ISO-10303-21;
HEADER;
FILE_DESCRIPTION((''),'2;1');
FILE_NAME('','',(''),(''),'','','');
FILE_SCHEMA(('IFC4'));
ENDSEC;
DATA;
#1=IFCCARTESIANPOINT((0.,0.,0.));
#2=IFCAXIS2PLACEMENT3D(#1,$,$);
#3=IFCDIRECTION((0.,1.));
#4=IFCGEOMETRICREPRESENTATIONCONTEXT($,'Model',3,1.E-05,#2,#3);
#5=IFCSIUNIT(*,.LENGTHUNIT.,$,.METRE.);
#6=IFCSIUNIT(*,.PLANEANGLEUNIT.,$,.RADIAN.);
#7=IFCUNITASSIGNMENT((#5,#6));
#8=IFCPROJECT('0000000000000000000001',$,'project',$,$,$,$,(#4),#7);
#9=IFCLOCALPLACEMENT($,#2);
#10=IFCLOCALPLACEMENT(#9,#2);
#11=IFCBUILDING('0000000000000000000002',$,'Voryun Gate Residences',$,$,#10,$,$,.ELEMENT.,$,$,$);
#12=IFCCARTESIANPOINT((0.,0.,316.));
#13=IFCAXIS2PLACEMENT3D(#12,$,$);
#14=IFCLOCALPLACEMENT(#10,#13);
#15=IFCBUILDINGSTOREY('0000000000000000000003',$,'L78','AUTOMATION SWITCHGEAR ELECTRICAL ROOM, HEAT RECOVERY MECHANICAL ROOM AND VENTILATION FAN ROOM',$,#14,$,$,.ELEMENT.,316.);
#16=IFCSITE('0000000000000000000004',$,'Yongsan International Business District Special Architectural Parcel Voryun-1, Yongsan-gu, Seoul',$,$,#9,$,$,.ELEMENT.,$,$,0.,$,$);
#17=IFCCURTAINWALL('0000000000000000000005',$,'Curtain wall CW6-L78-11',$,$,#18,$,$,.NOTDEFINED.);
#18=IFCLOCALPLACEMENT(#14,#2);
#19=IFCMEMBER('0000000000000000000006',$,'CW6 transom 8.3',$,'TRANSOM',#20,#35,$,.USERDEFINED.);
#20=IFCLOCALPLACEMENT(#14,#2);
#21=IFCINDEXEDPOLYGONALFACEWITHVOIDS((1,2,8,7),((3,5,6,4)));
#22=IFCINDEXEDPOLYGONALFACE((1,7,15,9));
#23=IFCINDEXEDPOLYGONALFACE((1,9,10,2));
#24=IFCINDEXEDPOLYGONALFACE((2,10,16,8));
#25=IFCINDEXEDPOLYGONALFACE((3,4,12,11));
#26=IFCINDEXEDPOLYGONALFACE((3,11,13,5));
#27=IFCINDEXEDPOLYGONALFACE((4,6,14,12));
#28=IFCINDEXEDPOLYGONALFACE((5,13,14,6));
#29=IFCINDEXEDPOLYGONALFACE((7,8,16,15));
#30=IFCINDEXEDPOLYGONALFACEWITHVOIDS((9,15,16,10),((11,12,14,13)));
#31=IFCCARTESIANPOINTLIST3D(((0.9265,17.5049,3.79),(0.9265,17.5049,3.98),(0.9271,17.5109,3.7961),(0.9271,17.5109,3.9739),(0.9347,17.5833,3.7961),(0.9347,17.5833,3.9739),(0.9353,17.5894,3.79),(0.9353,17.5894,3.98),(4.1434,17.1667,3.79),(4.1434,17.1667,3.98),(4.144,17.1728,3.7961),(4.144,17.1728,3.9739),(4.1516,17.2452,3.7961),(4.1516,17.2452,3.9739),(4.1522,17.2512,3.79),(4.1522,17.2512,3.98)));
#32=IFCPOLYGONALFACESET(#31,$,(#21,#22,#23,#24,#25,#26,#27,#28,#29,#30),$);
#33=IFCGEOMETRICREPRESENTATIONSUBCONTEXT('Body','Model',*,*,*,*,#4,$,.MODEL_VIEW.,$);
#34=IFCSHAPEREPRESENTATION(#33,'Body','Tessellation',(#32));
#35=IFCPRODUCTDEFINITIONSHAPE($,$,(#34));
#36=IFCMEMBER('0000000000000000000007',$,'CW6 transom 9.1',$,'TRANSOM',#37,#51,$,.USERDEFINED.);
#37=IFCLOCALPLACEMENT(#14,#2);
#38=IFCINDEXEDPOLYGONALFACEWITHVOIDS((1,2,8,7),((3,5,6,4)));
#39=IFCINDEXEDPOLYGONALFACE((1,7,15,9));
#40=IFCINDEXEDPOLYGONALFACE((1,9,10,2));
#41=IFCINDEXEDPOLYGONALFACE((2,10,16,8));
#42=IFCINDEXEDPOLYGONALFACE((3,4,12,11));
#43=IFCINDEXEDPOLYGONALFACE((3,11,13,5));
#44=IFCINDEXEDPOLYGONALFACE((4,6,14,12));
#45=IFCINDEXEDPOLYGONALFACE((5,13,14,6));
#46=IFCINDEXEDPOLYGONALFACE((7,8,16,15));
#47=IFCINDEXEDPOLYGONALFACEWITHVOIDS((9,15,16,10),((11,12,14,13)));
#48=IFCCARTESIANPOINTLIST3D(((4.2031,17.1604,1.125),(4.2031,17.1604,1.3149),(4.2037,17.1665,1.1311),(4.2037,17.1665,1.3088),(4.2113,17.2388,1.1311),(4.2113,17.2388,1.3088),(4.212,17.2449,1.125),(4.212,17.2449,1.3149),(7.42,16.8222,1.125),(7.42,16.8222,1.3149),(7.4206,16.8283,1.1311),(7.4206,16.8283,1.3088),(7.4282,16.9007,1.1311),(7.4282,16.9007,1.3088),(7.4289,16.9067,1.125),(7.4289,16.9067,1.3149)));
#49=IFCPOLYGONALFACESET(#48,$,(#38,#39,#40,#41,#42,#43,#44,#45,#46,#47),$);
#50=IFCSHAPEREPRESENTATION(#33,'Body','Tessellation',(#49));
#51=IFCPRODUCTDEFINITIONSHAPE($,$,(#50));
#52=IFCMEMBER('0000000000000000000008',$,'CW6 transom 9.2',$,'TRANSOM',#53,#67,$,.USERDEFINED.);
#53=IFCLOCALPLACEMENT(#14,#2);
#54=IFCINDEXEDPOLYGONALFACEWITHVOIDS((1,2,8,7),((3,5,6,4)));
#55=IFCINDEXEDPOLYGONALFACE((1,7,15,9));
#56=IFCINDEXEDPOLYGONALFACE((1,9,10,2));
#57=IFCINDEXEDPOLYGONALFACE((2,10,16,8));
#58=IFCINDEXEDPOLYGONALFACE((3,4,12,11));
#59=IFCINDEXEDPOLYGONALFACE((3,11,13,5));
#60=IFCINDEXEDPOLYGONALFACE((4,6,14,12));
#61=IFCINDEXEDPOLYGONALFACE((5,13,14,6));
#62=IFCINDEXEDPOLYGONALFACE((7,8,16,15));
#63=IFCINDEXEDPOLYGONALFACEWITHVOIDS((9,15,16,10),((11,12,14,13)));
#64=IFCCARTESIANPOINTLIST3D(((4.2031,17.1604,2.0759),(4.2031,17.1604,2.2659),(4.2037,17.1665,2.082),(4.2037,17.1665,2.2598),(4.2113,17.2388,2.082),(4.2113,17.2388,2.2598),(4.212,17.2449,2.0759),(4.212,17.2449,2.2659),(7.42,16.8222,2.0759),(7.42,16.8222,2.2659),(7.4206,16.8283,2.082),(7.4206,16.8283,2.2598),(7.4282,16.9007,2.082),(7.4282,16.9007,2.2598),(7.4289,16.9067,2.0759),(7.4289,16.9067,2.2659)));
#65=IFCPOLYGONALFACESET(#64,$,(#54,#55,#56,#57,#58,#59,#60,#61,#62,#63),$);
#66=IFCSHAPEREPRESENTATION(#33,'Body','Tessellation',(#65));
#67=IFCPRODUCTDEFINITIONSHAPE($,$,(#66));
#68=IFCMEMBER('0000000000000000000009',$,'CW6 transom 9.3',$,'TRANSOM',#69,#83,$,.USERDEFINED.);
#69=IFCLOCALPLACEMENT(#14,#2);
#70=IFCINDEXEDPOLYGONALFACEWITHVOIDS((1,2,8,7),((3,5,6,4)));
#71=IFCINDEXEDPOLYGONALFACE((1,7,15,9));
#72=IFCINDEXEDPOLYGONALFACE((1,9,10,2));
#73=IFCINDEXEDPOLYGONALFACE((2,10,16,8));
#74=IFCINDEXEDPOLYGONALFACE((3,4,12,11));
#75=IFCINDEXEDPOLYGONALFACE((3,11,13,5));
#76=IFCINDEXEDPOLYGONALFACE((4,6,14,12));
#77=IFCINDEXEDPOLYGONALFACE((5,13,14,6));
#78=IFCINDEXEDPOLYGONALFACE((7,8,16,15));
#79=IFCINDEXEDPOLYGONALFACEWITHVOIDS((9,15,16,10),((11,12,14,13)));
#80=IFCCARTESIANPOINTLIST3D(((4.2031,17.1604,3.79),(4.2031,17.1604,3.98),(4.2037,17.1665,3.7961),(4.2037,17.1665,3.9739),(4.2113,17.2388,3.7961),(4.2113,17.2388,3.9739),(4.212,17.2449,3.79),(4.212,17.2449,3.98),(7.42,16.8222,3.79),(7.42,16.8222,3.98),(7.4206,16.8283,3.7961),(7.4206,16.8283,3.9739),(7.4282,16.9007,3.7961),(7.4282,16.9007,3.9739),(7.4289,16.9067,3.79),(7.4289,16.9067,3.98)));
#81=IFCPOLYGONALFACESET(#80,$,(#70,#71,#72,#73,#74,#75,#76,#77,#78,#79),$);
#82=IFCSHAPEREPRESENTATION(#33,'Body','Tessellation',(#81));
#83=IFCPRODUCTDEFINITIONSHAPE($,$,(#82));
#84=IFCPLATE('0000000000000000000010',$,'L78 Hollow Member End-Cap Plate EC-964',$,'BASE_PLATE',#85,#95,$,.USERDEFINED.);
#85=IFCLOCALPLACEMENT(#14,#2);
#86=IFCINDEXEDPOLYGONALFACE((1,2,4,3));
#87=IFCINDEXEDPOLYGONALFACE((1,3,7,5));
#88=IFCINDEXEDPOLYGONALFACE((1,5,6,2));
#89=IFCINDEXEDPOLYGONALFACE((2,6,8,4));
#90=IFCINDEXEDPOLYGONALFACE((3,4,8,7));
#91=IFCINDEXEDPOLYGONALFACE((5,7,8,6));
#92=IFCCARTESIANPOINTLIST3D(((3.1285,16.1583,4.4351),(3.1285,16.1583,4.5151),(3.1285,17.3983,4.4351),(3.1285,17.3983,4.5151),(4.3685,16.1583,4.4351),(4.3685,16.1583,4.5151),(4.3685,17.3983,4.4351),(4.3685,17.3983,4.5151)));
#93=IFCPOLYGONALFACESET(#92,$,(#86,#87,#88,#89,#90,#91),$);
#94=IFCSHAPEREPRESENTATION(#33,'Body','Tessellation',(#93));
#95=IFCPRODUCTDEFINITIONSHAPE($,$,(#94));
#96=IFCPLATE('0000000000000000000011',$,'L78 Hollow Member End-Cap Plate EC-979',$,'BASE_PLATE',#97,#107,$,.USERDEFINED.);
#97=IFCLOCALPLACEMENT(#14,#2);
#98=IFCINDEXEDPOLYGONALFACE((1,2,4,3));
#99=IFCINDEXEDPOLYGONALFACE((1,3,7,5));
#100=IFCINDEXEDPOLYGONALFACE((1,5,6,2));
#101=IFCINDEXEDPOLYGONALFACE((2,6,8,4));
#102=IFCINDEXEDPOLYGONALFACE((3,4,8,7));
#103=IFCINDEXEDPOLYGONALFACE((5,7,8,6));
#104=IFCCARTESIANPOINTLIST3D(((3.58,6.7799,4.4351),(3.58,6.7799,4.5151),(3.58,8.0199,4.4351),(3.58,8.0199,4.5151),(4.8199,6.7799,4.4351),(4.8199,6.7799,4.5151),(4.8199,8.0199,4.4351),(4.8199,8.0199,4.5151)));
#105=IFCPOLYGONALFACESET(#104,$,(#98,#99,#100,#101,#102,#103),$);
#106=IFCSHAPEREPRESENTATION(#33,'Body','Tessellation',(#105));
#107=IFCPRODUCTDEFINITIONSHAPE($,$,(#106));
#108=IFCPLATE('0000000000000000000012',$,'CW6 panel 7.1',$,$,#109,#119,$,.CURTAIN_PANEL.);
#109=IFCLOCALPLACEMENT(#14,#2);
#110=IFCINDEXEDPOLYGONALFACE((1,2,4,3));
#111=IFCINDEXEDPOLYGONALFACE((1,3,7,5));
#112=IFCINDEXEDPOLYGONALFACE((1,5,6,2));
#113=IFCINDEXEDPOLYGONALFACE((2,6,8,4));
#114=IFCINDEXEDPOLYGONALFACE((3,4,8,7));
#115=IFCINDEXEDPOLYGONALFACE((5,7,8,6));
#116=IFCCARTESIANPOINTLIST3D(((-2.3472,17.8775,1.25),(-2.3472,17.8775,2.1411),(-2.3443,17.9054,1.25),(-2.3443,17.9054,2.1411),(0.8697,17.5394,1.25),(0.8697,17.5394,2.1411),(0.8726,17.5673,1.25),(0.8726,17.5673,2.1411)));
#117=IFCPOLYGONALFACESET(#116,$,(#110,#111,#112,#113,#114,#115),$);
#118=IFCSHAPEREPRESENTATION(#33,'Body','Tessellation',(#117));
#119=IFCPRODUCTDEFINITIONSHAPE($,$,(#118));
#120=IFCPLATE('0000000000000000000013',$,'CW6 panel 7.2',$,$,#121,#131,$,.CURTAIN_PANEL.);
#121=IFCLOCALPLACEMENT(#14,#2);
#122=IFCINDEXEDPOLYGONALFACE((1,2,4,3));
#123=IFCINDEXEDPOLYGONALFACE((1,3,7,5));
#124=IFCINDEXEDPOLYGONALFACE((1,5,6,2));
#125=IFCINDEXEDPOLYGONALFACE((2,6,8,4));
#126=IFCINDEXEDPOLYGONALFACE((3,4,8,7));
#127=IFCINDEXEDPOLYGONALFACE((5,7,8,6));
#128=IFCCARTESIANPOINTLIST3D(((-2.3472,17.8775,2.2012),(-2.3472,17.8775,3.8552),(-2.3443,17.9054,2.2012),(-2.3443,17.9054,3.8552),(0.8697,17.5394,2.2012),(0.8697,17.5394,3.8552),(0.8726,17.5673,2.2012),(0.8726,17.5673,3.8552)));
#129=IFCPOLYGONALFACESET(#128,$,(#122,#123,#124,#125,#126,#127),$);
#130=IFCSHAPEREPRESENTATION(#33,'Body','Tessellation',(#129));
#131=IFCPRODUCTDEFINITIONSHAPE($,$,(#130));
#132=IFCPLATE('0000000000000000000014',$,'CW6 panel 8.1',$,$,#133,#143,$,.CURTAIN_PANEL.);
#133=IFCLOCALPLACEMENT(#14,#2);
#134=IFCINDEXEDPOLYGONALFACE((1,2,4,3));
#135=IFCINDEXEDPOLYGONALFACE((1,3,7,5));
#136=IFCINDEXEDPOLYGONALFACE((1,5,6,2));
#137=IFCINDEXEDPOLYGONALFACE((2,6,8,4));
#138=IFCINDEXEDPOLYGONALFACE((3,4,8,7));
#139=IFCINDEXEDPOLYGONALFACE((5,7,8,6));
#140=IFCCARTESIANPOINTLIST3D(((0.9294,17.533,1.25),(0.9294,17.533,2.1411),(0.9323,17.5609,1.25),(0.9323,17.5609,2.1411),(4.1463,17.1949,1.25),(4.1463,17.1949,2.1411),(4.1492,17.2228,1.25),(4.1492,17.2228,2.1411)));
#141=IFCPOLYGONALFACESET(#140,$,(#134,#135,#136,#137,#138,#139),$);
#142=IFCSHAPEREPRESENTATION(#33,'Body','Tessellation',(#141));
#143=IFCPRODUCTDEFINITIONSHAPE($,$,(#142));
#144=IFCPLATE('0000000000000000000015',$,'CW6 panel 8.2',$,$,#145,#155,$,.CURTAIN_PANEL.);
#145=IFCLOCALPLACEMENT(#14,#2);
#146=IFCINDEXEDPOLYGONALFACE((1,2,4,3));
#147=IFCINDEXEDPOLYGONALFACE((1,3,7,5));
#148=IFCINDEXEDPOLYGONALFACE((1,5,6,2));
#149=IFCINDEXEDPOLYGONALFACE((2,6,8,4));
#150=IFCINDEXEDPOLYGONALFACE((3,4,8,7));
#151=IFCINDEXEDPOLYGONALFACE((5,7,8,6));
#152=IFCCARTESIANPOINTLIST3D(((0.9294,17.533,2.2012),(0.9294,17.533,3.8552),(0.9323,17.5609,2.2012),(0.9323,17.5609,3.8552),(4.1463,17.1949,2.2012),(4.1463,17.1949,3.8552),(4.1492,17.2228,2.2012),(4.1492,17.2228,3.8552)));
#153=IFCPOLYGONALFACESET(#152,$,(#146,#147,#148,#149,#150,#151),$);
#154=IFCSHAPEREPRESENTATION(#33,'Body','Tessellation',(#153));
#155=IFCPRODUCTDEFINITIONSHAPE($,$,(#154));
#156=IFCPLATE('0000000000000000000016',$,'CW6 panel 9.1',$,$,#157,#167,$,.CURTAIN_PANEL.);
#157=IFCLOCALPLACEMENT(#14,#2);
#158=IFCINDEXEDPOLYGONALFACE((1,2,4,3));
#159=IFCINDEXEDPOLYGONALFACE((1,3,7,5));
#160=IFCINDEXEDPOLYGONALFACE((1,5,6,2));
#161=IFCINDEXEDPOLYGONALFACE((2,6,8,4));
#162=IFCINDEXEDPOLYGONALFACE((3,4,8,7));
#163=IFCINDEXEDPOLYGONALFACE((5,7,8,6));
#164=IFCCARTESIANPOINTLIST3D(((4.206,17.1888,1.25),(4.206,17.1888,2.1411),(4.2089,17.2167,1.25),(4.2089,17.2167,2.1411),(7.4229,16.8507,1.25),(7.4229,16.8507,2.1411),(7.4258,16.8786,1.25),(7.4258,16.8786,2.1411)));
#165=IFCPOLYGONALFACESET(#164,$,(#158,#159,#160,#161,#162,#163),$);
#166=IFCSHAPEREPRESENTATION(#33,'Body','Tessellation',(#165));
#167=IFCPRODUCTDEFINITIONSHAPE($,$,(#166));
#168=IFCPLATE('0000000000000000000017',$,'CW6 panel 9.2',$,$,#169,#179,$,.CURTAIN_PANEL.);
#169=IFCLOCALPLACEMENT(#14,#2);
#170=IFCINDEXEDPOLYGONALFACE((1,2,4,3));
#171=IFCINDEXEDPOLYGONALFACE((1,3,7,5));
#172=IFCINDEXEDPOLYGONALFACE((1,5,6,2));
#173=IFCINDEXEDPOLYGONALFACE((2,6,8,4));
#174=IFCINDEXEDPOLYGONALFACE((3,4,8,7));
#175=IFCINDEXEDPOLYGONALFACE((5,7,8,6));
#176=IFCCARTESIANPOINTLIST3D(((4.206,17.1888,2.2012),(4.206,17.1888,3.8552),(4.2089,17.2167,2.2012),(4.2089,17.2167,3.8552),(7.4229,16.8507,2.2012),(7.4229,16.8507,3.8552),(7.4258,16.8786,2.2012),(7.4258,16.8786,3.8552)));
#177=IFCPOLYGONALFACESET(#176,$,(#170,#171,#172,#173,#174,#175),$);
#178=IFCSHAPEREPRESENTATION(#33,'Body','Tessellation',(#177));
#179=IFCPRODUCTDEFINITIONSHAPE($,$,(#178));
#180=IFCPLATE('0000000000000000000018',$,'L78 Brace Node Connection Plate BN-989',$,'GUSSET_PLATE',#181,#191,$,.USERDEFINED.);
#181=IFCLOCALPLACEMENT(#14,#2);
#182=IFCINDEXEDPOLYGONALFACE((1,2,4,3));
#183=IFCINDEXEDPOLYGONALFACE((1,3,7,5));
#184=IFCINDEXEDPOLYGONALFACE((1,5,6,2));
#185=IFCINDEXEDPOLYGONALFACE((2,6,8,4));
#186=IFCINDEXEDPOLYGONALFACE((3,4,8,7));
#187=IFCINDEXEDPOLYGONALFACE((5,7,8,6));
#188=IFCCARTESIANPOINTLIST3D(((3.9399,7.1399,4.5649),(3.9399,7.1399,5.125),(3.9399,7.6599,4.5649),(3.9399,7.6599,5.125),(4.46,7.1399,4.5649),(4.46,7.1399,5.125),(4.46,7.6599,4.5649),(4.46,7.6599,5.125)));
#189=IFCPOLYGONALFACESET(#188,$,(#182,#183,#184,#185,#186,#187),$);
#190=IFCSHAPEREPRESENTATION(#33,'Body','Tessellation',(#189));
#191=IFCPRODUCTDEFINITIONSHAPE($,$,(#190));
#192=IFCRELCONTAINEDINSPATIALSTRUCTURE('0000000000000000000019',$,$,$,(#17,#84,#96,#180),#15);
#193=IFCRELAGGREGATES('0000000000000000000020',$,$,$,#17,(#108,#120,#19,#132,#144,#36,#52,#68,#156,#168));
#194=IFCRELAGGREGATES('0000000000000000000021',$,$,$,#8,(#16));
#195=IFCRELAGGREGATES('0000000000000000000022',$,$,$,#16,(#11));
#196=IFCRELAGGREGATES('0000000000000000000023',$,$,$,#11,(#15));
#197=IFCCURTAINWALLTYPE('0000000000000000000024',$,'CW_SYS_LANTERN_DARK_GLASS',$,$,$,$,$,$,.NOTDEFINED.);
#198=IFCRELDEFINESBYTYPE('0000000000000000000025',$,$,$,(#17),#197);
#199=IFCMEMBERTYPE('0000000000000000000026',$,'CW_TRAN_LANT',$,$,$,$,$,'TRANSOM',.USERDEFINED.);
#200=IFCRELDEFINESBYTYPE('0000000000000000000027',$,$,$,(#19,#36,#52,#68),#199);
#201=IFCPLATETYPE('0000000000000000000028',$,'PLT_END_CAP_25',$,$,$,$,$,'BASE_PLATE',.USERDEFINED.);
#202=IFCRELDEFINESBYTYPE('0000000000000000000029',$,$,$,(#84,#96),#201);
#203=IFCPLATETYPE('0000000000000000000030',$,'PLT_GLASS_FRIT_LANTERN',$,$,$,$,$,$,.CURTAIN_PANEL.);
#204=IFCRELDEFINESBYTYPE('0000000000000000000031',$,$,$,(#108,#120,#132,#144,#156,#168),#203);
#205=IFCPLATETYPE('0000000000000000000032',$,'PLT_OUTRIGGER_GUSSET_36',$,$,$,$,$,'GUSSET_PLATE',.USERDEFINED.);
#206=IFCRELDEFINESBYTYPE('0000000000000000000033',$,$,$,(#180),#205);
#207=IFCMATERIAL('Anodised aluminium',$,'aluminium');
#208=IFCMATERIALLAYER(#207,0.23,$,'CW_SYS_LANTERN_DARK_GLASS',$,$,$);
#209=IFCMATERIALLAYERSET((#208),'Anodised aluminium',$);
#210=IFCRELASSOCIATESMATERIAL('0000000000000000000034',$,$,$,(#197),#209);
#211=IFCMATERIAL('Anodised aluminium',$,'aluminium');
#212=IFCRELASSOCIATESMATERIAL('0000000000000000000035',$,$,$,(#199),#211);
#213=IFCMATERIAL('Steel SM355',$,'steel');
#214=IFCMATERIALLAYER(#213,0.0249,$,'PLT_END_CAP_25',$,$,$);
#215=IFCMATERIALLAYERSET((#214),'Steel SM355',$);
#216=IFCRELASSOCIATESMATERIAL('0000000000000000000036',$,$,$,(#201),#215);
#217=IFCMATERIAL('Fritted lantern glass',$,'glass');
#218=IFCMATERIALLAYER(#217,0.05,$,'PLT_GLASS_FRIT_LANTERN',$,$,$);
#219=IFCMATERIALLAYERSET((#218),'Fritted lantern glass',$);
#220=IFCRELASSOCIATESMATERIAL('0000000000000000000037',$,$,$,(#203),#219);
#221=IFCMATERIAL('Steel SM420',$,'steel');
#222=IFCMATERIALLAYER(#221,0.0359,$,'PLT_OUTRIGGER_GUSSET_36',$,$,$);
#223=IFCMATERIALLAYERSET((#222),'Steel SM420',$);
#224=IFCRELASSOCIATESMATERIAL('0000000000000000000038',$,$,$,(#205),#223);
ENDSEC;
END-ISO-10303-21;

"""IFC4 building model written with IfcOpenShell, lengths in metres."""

from ifc_helpers import new_model, si_unit, direction, frame, origin, origin_2d, place, context, subcontext, project, spatial, rectangle, hollow_rectangle, extrude, material, layer, layer_set, material_profile, profile_set, type_object, element, aggregate, save


model = new_model("IFC4")

# Units and contexts
model_context = context("Model", 3, precision=1e-05, world=origin(), true_north=direction((0.0, 1.0)))
body_context = subcontext(model_context, "Body", "Model", "MODEL_VIEW")
ifc_project = project(units=[si_unit("LENGTHUNIT", "METRE"), si_unit("PLANEANGLEUNIT", "RADIAN")], contexts=[model_context])

# Site, building, storey
site_placement = place(None, origin())
site = spatial("IfcSite", under=ifc_project, at=site_placement, Name="Yongsan International Business District Special Architectural Parcel Voryun-1, Yongsan-gu, Seoul", CompositionType="ELEMENT", RefElevation=0.0)
building_placement = place(site_placement, origin())
building = spatial("IfcBuilding", under=site, at=building_placement, Name="Voryun Gate Residences", CompositionType="ELEMENT")
storey_placement = place(building_placement, frame((0.0, 0.0, 316.0)))
storey = spatial("IfcBuildingStorey", under=building, at=storey_placement, Name="L78", Description="AUTOMATION SWITCHGEAR ELECTRICAL ROOM, HEAT RECOVERY MECHANICAL ROOM AND VENTILATION FAN ROOM", CompositionType="ELEMENT", Elevation=316.0)

# Curtain wall, members
ifc_material_1 = material(Name="Anodised aluminium", Category="aluminium")
ifc_layer_1 = layer(ifc_material_1, 0.23, Name="CW_SYS_LANTERN_DARK_GLASS")
ifc_layer_set_1 = layer_set([ifc_layer_1], Name="Anodised aluminium")
curtain_wall_type = type_object("IfcCurtainWallType", Name="CW_SYS_LANTERN_DARK_GLASS", PredefinedType="NOTDEFINED", material=ifc_layer_set_1)
curtain_wall_placement = place(storey_placement, origin())
curtain_wall = element("IfcCurtainWall", 1, at=curtain_wall_placement, inside=storey, type_object=curtain_wall_type, Name="Curtain wall CW6-L78-11", PredefinedType="NOTDEFINED")
ifc_material_2 = material(Name="Anodised aluminium", Category="aluminium")
ifc_material_profile_1 = material_profile(ifc_material_2, hollow_rectangle(XDim=0.085, YDim=0.1899, WallThickness=0.0061, at=origin_2d()), Name="ALU-TRAN-190x85x6")
ifc_profile_set_1 = profile_set([ifc_material_profile_1], Name="Anodised aluminium")
member_type_1 = type_object("IfcMemberType", Name="CW_TRAN_LANT", ElementType="TRANSOM", PredefinedType="USERDEFINED", material=ifc_profile_set_1)
member_1_placement = place(storey_placement, frame((0.9309, 17.5471, 3.885), z_axis=(0.994521, -0.104539, 0.0), x_axis=(0.104539, 0.994521, 0.0)))
member_1 = element("IfcMember", 2, at=member_1_placement, type_object=member_type_1, Name="CW6 transom 8.3", ObjectType="TRANSOM", PredefinedType="USERDEFINED", context=body_context, shape_type="SweptSolid", body=[
    extrude(hollow_rectangle(XDim=0.085, YDim=0.1899, WallThickness=0.0061, at=origin_2d()), origin(), (0.0, 0.0, 1.0), 3.2346),
])
member_2_placement = place(storey_placement, frame((4.2075, 17.2026, 1.22), z_axis=(0.994521, -0.104539, 0.0), x_axis=(0.104539, 0.994521, 0.0)))
member_2 = element("IfcMember", 3, at=member_2_placement, type_object=member_type_1, Name="CW6 transom 9.1", ObjectType="TRANSOM", PredefinedType="USERDEFINED", context=body_context, shape_type="SweptSolid", body=[
    extrude(hollow_rectangle(XDim=0.085, YDim=0.1899, WallThickness=0.0061, at=origin_2d()), origin(), (0.0, 0.0, 1.0), 3.2346),
])
member_3_placement = place(storey_placement, frame((4.2075, 17.2026, 2.1709), z_axis=(0.994521, -0.104539, 0.0), x_axis=(0.104539, 0.994521, 0.0)))
member_3 = element("IfcMember", 4, at=member_3_placement, type_object=member_type_1, Name="CW6 transom 9.2", ObjectType="TRANSOM", PredefinedType="USERDEFINED", context=body_context, shape_type="SweptSolid", body=[
    extrude(hollow_rectangle(XDim=0.085, YDim=0.1899, WallThickness=0.0061, at=origin_2d()), origin(), (0.0, 0.0, 1.0), 3.2346),
])
member_4_placement = place(storey_placement, frame((4.2075, 17.2026, 3.885), z_axis=(0.994521, -0.104539, 0.0), x_axis=(0.104539, 0.994521, 0.0)))
member_4 = element("IfcMember", 5, at=member_4_placement, type_object=member_type_1, Name="CW6 transom 9.3", ObjectType="TRANSOM", PredefinedType="USERDEFINED", context=body_context, shape_type="SweptSolid", body=[
    extrude(hollow_rectangle(XDim=0.085, YDim=0.1899, WallThickness=0.0061, at=origin_2d()), origin(), (0.0, 0.0, 1.0), 3.2346),
])

# Plates
ifc_material_3 = material(Name="Steel SM355", Category="steel")
ifc_layer_2 = layer(ifc_material_3, 0.0249, Name="PLT_END_CAP_25")
ifc_layer_set_2 = layer_set([ifc_layer_2], Name="Steel SM355")
plate_type_1 = type_object("IfcPlateType", Name="PLT_END_CAP_25", ElementType="BASE_PLATE", PredefinedType="USERDEFINED", material=ifc_layer_set_2)
for number, where, z_axis, x_axis, name in (
    (6, (3.7485, 16.7783, 4.4351), (0.0, 0.0, 1.0), (1.0, 0.0, 0.0), "L78 Hollow Member End-Cap Plate EC-964"),
    (7, (4.2, 7.3999, 4.4351), (0.0, 0.0, 1.0), (1.0, 0.0, 0.0), "L78 Hollow Member End-Cap Plate EC-979"),
):
    element("IfcPlate", number, at=place(storey_placement, frame(where, z_axis=z_axis, x_axis=x_axis)), inside=storey, type_object=plate_type_1, Name=name, ObjectType="BASE_PLATE", PredefinedType="USERDEFINED", context=body_context, shape_type="SweptSolid", body=[
        extrude(rectangle(XDim=1.24, YDim=1.24, at=origin_2d()), origin(), (0.0, 0.0, 1.0), 0.0801),
    ])

# Plates
ifc_material_4 = material(Name="Fritted lantern glass", Category="glass")
ifc_layer_3 = layer(ifc_material_4, 0.05, Name="PLT_GLASS_FRIT_LANTERN")
ifc_layer_set_3 = layer_set([ifc_layer_3], Name="Fritted lantern glass")
plate_type_2 = type_object("IfcPlateType", Name="PLT_GLASS_FRIT_LANTERN", PredefinedType="CURTAIN_PANEL", material=ifc_layer_set_3)
plate_1_placement = place(storey_placement, frame((-0.7373, 17.7224, 1.25), z_axis=(0.0, 0.0, 1.0), x_axis=(0.994522, -0.104528, 0.0)))
plate_1 = element("IfcPlate", 8, at=plate_1_placement, type_object=plate_type_2, Name="CW6 panel 7.1", PredefinedType="CURTAIN_PANEL", context=body_context, shape_type="SweptSolid", body=[
    extrude(rectangle(XDim=3.2346, YDim=0.0281, at=origin_2d()), origin(), (0.0, 0.0, 1.0), 0.8911),
])
plate_2_placement = place(storey_placement, frame((-0.7373, 17.7224, 2.2012), z_axis=(0.0, 0.0, 1.0), x_axis=(0.994522, -0.104528, 0.0)))
plate_2 = element("IfcPlate", 9, at=plate_2_placement, type_object=plate_type_2, Name="CW6 panel 7.2", PredefinedType="CURTAIN_PANEL", context=body_context, shape_type="SweptSolid", body=[
    extrude(rectangle(XDim=3.2346, YDim=0.0281, at=origin_2d()), origin(), (0.0, 0.0, 1.0), 1.6541),
])
plate_3_placement = place(storey_placement, frame((2.5393, 17.3779, 1.25), z_axis=(0.0, 0.0, 1.0), x_axis=(0.994522, -0.104528, 0.0)))
plate_3 = element("IfcPlate", 10, at=plate_3_placement, type_object=plate_type_2, Name="CW6 panel 8.1", PredefinedType="CURTAIN_PANEL", context=body_context, shape_type="SweptSolid", body=[
    extrude(rectangle(XDim=3.2346, YDim=0.0281, at=origin_2d()), origin(), (0.0, 0.0, 1.0), 0.8911),
])
plate_4_placement = place(storey_placement, frame((2.5393, 17.3779, 2.2012), z_axis=(0.0, 0.0, 1.0), x_axis=(0.994522, -0.104528, 0.0)))
plate_4 = element("IfcPlate", 11, at=plate_4_placement, type_object=plate_type_2, Name="CW6 panel 8.2", PredefinedType="CURTAIN_PANEL", context=body_context, shape_type="SweptSolid", body=[
    extrude(rectangle(XDim=3.2346, YDim=0.0281, at=origin_2d()), origin(), (0.0, 0.0, 1.0), 1.6541),
])
plate_5_placement = place(storey_placement, frame((5.8159, 17.0337, 1.25), z_axis=(0.0, 0.0, 1.0), x_axis=(0.994522, -0.104528, 0.0)))
plate_5 = element("IfcPlate", 12, at=plate_5_placement, type_object=plate_type_2, Name="CW6 panel 9.1", PredefinedType="CURTAIN_PANEL", context=body_context, shape_type="SweptSolid", body=[
    extrude(rectangle(XDim=3.2346, YDim=0.0281, at=origin_2d()), origin(), (0.0, 0.0, 1.0), 0.8911),
])
plate_6_placement = place(storey_placement, frame((5.8159, 17.0337, 2.2012), z_axis=(0.0, 0.0, 1.0), x_axis=(0.994522, -0.104528, 0.0)))
plate_6 = element("IfcPlate", 13, at=plate_6_placement, type_object=plate_type_2, Name="CW6 panel 9.2", PredefinedType="CURTAIN_PANEL", context=body_context, shape_type="SweptSolid", body=[
    extrude(rectangle(XDim=3.2346, YDim=0.0281, at=origin_2d()), origin(), (0.0, 0.0, 1.0), 1.6541),
])
aggregate(curtain_wall, [plate_1, plate_2, member_1, plate_3, plate_4, member_2, member_3, member_4, plate_5, plate_6])
ifc_material_5 = material(Name="Steel SM420", Category="steel")
ifc_layer_4 = layer(ifc_material_5, 0.0359, Name="PLT_OUTRIGGER_GUSSET_36")
ifc_layer_set_4 = layer_set([ifc_layer_4], Name="Steel SM420")
plate_type_3 = type_object("IfcPlateType", Name="PLT_OUTRIGGER_GUSSET_36", ElementType="GUSSET_PLATE", PredefinedType="USERDEFINED", material=ifc_layer_set_4)
plate_7_placement = place(storey_placement, frame((4.2, 7.3999, 4.5649), z_axis=(0.0, 0.0, 1.0), x_axis=(1.0, 0.0, 0.0)))
element("IfcPlate", 14, at=plate_7_placement, inside=storey, type_object=plate_type_3, Name="L78 Brace Node Connection Plate BN-989", ObjectType="GUSSET_PLATE", PredefinedType="USERDEFINED", context=body_context, shape_type="SweptSolid", body=[
    extrude(rectangle(XDim=0.52, YDim=0.52, at=origin_2d()), origin(), (0.0, 0.0, 1.0), 0.5601),
])

save(model, "model.ifc")
